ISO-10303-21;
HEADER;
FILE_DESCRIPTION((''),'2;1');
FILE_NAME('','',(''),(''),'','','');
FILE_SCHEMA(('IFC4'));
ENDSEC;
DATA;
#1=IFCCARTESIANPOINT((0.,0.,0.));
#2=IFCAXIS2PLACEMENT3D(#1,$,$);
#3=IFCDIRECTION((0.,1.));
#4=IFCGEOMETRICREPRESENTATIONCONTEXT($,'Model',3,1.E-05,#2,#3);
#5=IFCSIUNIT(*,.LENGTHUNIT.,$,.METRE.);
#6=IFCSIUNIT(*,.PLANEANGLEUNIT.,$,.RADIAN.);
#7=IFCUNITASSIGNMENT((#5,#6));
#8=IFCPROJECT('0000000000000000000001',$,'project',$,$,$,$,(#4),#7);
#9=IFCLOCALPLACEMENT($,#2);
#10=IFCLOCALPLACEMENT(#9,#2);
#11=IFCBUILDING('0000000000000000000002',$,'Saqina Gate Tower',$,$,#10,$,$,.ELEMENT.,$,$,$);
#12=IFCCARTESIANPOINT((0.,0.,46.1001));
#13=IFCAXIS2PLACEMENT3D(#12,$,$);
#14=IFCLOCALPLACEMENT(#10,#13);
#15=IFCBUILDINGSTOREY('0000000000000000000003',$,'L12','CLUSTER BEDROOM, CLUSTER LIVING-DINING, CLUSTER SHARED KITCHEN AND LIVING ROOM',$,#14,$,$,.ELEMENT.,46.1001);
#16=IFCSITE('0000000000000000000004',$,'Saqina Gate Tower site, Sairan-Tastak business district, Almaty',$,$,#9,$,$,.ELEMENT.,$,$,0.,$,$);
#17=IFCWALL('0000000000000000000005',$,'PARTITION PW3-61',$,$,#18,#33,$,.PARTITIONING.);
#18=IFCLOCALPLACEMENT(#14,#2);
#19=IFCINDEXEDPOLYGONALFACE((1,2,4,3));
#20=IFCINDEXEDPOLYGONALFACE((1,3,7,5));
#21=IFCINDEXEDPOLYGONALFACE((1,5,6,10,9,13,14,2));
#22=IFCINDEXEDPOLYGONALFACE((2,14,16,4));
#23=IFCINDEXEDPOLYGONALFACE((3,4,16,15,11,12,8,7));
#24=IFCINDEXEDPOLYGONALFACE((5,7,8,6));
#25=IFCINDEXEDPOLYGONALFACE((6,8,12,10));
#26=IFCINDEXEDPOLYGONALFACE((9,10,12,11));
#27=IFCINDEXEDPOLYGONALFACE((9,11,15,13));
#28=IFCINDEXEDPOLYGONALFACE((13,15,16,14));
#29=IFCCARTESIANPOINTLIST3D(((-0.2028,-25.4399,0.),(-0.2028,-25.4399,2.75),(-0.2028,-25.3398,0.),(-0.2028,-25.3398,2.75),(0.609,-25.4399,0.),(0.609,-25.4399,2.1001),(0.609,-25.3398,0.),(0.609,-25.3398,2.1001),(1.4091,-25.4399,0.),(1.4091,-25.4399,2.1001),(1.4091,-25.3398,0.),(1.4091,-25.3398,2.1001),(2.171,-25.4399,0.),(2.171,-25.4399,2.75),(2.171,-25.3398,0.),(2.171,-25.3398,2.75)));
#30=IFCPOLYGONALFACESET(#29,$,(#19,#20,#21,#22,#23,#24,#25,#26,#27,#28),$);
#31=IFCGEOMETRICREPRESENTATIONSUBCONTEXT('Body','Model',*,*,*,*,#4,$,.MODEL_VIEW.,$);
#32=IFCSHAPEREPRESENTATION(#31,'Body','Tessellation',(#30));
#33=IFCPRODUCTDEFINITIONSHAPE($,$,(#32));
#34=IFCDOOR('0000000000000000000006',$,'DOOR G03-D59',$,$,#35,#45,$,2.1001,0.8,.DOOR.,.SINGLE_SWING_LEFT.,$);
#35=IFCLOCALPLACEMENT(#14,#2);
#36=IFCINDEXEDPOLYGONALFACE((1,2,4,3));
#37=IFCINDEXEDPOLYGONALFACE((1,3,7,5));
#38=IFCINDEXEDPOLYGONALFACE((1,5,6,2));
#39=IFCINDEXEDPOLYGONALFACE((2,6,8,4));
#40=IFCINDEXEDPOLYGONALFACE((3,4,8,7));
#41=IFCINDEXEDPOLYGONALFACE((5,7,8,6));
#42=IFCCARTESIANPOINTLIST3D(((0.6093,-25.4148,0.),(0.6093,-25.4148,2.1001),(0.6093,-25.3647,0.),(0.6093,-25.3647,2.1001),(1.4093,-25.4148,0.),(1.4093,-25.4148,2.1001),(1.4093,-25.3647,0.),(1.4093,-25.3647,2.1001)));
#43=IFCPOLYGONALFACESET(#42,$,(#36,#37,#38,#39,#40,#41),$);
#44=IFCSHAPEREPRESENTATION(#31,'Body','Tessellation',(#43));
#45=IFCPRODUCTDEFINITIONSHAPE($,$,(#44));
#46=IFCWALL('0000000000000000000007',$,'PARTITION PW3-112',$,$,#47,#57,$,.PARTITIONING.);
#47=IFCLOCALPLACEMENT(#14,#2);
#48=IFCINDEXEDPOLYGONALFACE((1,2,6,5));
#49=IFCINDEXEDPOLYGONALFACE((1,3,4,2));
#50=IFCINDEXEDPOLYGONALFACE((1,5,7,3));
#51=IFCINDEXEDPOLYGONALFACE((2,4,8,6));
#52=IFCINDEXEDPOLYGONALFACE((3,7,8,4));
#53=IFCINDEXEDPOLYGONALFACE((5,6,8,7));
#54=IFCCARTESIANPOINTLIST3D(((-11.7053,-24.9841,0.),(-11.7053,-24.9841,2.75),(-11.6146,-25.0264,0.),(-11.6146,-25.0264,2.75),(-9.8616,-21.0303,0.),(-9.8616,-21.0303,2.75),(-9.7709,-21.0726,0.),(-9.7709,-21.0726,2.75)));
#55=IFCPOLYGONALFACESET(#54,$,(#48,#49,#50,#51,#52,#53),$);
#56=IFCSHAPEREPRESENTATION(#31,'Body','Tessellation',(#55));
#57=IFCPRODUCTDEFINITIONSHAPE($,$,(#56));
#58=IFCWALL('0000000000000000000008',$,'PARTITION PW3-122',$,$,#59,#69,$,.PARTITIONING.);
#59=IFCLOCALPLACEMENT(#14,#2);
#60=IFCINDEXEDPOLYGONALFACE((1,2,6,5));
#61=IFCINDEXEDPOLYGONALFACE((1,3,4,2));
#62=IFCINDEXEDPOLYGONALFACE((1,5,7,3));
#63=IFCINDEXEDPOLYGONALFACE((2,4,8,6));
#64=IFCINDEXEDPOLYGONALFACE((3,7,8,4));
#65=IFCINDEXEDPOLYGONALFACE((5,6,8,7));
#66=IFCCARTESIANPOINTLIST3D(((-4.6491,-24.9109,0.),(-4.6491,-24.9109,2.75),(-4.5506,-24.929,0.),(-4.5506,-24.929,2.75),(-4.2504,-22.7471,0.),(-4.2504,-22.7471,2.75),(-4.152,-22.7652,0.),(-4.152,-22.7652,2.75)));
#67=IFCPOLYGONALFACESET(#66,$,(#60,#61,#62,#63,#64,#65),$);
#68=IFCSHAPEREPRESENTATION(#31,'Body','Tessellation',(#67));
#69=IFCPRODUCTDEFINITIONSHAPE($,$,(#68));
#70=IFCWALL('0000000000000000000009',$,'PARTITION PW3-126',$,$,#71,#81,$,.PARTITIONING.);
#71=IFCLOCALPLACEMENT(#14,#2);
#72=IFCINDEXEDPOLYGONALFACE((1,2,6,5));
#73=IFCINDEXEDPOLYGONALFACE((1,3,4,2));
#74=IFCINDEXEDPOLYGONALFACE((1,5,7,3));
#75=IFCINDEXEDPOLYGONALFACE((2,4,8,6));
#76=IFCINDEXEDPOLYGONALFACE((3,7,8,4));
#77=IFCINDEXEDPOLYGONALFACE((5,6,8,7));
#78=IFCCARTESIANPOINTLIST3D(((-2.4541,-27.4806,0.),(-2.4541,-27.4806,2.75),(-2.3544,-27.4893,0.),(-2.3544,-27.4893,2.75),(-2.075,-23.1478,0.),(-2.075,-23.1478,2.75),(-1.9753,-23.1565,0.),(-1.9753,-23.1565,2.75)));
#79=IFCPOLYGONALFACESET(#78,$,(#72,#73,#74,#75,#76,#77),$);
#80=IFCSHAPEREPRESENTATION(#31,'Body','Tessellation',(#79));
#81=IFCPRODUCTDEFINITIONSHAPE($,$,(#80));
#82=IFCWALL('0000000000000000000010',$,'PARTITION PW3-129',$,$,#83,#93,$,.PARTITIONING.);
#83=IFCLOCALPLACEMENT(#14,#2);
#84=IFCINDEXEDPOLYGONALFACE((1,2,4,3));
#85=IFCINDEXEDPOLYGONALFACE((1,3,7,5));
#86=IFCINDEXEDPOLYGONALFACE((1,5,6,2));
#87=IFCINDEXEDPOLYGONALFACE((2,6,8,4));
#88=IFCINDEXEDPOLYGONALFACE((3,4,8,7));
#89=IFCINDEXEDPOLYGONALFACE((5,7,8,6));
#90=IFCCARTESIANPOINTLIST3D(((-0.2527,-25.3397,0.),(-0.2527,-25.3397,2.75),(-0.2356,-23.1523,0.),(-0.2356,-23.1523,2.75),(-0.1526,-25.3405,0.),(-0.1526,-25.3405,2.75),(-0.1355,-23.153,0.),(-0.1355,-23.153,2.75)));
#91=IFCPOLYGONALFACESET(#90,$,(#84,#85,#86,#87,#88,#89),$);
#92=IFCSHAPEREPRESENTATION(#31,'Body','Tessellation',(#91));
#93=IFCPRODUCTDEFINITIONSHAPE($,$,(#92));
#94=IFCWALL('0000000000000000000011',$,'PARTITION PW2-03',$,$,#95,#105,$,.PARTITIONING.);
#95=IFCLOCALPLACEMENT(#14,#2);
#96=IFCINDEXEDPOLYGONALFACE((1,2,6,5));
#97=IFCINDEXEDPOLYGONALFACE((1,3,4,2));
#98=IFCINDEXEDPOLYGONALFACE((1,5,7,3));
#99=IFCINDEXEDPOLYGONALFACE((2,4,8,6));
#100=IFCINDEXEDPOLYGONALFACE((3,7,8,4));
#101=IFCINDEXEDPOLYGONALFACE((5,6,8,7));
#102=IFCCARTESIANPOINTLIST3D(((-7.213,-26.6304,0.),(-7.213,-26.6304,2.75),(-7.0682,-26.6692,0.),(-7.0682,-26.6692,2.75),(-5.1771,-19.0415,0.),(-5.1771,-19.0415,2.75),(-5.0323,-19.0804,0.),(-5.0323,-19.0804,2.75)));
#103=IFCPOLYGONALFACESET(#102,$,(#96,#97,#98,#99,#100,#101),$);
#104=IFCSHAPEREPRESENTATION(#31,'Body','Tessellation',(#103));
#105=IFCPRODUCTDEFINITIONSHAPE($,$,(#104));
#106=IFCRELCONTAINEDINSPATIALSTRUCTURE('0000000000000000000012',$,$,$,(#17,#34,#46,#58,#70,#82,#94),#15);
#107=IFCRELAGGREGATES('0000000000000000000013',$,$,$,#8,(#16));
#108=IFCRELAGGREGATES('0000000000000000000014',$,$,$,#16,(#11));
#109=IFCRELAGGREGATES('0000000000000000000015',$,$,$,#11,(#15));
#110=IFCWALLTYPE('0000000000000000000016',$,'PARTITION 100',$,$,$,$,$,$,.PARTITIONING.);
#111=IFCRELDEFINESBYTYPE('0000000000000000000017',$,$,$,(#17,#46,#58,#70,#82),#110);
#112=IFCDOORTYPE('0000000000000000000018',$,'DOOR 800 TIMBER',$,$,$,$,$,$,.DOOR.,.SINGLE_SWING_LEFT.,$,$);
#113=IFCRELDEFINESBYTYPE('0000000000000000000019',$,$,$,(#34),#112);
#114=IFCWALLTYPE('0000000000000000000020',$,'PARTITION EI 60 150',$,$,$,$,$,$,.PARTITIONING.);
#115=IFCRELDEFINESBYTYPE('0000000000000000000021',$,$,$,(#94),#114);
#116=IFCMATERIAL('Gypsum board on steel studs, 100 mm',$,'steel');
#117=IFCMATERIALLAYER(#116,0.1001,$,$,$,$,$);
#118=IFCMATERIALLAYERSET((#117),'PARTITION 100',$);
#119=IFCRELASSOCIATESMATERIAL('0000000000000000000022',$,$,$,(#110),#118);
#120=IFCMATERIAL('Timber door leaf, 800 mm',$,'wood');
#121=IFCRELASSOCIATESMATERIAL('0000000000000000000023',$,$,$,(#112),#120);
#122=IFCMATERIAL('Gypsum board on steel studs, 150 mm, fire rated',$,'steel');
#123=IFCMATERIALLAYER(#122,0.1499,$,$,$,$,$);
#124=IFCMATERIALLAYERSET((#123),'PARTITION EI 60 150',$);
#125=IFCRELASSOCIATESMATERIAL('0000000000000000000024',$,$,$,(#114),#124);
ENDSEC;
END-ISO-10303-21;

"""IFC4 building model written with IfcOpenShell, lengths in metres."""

from ifc_helpers import new_model, si_unit, direction, frame, frame_2d, origin, place, context, subcontext, project, spatial, rectangle, extrude, material, layer, layer_set, type_object, element, fill, save


model = new_model("IFC4")

# Units and contexts
model_context = context("Model", 3, precision=1e-05, world=origin(), true_north=direction((0.0, 1.0)))
body_context = subcontext(model_context, "Body", "Model", "MODEL_VIEW")
ifc_project = project(units=[si_unit("LENGTHUNIT", "METRE"), si_unit("PLANEANGLEUNIT", "RADIAN")], contexts=[model_context])

# Site, building, storey
site_placement = place(None, origin())
site = spatial("IfcSite", under=ifc_project, at=site_placement, Name="Saqina Gate Tower site, Sairan-Tastak business district, Almaty", CompositionType="ELEMENT", RefElevation=0.0)
building_placement = place(site_placement, origin())
building = spatial("IfcBuilding", under=site, at=building_placement, Name="Saqina Gate Tower", CompositionType="ELEMENT")
storey_placement = place(building_placement, frame((0.0, 0.0, 46.1001)))
storey = spatial("IfcBuildingStorey", under=building, at=storey_placement, Name="L12", Description="CLUSTER BEDROOM, CLUSTER LIVING-DINING, CLUSTER SHARED KITCHEN AND LIVING ROOM", CompositionType="ELEMENT", Elevation=46.1001)

# Wall, opening, door
ifc_material_1 = material(Name="Gypsum board on steel studs, 100 mm", Category="steel")
ifc_layer_1 = layer(ifc_material_1, 0.1001)
ifc_layer_set_1 = layer_set([ifc_layer_1], Name="PARTITION 100")
wall_type_1 = type_object("IfcWallType", Name="PARTITION 100", PredefinedType="PARTITIONING", material=ifc_layer_set_1)
ifc_material_2 = material(Name="Timber door leaf, 800 mm", Category="wood")
door_type = type_object("IfcDoorType", Name="DOOR 800 TIMBER", OperationType="SINGLE_SWING_LEFT", PredefinedType="DOOR", material=ifc_material_2)
wall_1_placement = place(storey_placement, frame((-0.2029, -25.3899, 0.0), z_axis=(0.0, 0.0, 1.0), x_axis=(1.0, 0.0, 0.0)))
wall_1 = element("IfcWall", 1, at=wall_1_placement, inside=storey, type_object=wall_type_1, Name="PARTITION PW3-61", PredefinedType="PARTITIONING", context=body_context, shape_type="SweptSolid", body=[
    extrude(rectangle(XDim=2.3738, YDim=0.1001, at=frame_2d((1.187, 0.0))), origin(), (0.0, 0.0, 1.0), 2.75),
])
opening_1_placement = place(wall_1_placement, frame((0.812, 0.0, 0.0)))
opening_1 = element("IfcOpeningElement", 2, at=opening_1_placement, cuts=wall_1, PredefinedType="OPENING", context=body_context, shape_type="SweptSolid", body=[
    extrude(rectangle(XDim=0.8, YDim=2.1001, at=frame_2d((0.3999, 1.05))), frame((0.0, 0.062, 0.0), z_axis=(0.0, -1.0, 0.0), x_axis=(1.0, 0.0, 0.0)), (0.0, 0.0, 1.0), 0.124),
])
door_1_placement = place(opening_1_placement, frame((0.8, 0.0, 0.0), z_axis=(0.0, 0.0, 1.0), x_axis=(-1.0, 0.0, 0.0)))
door_1 = element("IfcDoor", 3, at=door_1_placement, inside=storey, type_object=door_type, Name="DOOR G03-D59", OperationType="SINGLE_SWING_LEFT", OverallHeight=2.1001, OverallWidth=0.8, PredefinedType="DOOR", context=body_context, shape_type="SweptSolid", body=[
    extrude(rectangle(XDim=0.8, YDim=2.1001, at=frame_2d((0.3999, 1.05))), frame((0.0, 0.0249, 0.0), z_axis=(0.0, -1.0, 0.0), x_axis=(1.0, 0.0, 0.0)), (0.0, 0.0, 1.0), 0.05),
])
fill(opening_1, door_1)

# Walls
wall_2_placement = place(storey_placement, frame((-11.6599, -25.0051, 0.0), z_axis=(0.0, 0.0, 1.0), x_axis=(0.422625, 0.906305, 0.0)))
element("IfcWall", 4, at=wall_2_placement, inside=storey, type_object=wall_type_1, Name="PARTITION PW3-112", PredefinedType="PARTITIONING", context=body_context, shape_type="SweptSolid", body=[
    extrude(rectangle(XDim=4.3625, YDim=0.1001, at=frame_2d((2.1812, 0.0))), origin(), (0.0, 0.0, 1.0), 2.75),
])
wall_3_placement = place(storey_placement, frame((-4.5999, -24.9199, 0.0), z_axis=(0.0, 0.0, 1.0), x_axis=(0.181199, 0.983446, 0.0)))
element("IfcWall", 5, at=wall_3_placement, inside=storey, type_object=wall_type_1, Name="PARTITION PW3-122", PredefinedType="PARTITIONING", context=body_context, shape_type="SweptSolid", body=[
    extrude(rectangle(XDim=2.2002, YDim=0.1001, at=frame_2d((1.1001, 0.0))), origin(), (0.0, 0.0, 1.0), 2.75),
])
wall_4_placement = place(storey_placement, frame((-2.4043, -27.4851, 0.0), z_axis=(0.0, 0.0, 1.0), x_axis=(0.087175, 0.996193, 0.0)))
element("IfcWall", 6, at=wall_4_placement, inside=storey, type_object=wall_type_1, Name="PARTITION PW3-126", PredefinedType="PARTITIONING", context=body_context, shape_type="SweptSolid", body=[
    extrude(rectangle(XDim=4.3494, YDim=0.1001, at=frame_2d((2.1748, 0.0))), origin(), (0.0, 0.0, 1.0), 2.75),
])
wall_5_placement = place(storey_placement, frame((-0.2026, -25.3401, 0.0), z_axis=(0.0, 0.0, 1.0), x_axis=(0.007812, 0.999969, 0.0)))
element("IfcWall", 7, at=wall_5_placement, inside=storey, type_object=wall_type_1, Name="PARTITION PW3-129", PredefinedType="PARTITIONING", context=body_context, shape_type="SweptSolid", body=[
    extrude(rectangle(XDim=2.1875, YDim=0.1001, at=frame_2d((1.0938, 0.0))), origin(), (0.0, 0.0, 1.0), 2.75),
])
ifc_material_3 = material(Name="Gypsum board on steel studs, 150 mm, fire rated", Category="steel")
ifc_layer_2 = layer(ifc_material_3, 0.1499)
ifc_layer_set_2 = layer_set([ifc_layer_2], Name="PARTITION EI 60 150")
wall_type_2 = type_object("IfcWallType", Name="PARTITION EI 60 150", PredefinedType="PARTITIONING", material=ifc_layer_set_2)
wall_6_placement = place(storey_placement, frame((-7.1406, -26.6499, 0.0), z_axis=(0.0, 0.0, 1.0), x_axis=(0.259111, 0.965848, 0.0)))
element("IfcWall", 8, at=wall_6_placement, inside=storey, type_object=wall_type_2, Name="PARTITION PW2-03", PredefinedType="PARTITIONING", context=body_context, shape_type="SweptSolid", body=[
    extrude(rectangle(XDim=7.8572, YDim=0.1499, at=frame_2d((3.9287, 0.0))), origin(), (0.0, 0.0, 1.0), 2.75),
])

save(model, "model.ifc")
